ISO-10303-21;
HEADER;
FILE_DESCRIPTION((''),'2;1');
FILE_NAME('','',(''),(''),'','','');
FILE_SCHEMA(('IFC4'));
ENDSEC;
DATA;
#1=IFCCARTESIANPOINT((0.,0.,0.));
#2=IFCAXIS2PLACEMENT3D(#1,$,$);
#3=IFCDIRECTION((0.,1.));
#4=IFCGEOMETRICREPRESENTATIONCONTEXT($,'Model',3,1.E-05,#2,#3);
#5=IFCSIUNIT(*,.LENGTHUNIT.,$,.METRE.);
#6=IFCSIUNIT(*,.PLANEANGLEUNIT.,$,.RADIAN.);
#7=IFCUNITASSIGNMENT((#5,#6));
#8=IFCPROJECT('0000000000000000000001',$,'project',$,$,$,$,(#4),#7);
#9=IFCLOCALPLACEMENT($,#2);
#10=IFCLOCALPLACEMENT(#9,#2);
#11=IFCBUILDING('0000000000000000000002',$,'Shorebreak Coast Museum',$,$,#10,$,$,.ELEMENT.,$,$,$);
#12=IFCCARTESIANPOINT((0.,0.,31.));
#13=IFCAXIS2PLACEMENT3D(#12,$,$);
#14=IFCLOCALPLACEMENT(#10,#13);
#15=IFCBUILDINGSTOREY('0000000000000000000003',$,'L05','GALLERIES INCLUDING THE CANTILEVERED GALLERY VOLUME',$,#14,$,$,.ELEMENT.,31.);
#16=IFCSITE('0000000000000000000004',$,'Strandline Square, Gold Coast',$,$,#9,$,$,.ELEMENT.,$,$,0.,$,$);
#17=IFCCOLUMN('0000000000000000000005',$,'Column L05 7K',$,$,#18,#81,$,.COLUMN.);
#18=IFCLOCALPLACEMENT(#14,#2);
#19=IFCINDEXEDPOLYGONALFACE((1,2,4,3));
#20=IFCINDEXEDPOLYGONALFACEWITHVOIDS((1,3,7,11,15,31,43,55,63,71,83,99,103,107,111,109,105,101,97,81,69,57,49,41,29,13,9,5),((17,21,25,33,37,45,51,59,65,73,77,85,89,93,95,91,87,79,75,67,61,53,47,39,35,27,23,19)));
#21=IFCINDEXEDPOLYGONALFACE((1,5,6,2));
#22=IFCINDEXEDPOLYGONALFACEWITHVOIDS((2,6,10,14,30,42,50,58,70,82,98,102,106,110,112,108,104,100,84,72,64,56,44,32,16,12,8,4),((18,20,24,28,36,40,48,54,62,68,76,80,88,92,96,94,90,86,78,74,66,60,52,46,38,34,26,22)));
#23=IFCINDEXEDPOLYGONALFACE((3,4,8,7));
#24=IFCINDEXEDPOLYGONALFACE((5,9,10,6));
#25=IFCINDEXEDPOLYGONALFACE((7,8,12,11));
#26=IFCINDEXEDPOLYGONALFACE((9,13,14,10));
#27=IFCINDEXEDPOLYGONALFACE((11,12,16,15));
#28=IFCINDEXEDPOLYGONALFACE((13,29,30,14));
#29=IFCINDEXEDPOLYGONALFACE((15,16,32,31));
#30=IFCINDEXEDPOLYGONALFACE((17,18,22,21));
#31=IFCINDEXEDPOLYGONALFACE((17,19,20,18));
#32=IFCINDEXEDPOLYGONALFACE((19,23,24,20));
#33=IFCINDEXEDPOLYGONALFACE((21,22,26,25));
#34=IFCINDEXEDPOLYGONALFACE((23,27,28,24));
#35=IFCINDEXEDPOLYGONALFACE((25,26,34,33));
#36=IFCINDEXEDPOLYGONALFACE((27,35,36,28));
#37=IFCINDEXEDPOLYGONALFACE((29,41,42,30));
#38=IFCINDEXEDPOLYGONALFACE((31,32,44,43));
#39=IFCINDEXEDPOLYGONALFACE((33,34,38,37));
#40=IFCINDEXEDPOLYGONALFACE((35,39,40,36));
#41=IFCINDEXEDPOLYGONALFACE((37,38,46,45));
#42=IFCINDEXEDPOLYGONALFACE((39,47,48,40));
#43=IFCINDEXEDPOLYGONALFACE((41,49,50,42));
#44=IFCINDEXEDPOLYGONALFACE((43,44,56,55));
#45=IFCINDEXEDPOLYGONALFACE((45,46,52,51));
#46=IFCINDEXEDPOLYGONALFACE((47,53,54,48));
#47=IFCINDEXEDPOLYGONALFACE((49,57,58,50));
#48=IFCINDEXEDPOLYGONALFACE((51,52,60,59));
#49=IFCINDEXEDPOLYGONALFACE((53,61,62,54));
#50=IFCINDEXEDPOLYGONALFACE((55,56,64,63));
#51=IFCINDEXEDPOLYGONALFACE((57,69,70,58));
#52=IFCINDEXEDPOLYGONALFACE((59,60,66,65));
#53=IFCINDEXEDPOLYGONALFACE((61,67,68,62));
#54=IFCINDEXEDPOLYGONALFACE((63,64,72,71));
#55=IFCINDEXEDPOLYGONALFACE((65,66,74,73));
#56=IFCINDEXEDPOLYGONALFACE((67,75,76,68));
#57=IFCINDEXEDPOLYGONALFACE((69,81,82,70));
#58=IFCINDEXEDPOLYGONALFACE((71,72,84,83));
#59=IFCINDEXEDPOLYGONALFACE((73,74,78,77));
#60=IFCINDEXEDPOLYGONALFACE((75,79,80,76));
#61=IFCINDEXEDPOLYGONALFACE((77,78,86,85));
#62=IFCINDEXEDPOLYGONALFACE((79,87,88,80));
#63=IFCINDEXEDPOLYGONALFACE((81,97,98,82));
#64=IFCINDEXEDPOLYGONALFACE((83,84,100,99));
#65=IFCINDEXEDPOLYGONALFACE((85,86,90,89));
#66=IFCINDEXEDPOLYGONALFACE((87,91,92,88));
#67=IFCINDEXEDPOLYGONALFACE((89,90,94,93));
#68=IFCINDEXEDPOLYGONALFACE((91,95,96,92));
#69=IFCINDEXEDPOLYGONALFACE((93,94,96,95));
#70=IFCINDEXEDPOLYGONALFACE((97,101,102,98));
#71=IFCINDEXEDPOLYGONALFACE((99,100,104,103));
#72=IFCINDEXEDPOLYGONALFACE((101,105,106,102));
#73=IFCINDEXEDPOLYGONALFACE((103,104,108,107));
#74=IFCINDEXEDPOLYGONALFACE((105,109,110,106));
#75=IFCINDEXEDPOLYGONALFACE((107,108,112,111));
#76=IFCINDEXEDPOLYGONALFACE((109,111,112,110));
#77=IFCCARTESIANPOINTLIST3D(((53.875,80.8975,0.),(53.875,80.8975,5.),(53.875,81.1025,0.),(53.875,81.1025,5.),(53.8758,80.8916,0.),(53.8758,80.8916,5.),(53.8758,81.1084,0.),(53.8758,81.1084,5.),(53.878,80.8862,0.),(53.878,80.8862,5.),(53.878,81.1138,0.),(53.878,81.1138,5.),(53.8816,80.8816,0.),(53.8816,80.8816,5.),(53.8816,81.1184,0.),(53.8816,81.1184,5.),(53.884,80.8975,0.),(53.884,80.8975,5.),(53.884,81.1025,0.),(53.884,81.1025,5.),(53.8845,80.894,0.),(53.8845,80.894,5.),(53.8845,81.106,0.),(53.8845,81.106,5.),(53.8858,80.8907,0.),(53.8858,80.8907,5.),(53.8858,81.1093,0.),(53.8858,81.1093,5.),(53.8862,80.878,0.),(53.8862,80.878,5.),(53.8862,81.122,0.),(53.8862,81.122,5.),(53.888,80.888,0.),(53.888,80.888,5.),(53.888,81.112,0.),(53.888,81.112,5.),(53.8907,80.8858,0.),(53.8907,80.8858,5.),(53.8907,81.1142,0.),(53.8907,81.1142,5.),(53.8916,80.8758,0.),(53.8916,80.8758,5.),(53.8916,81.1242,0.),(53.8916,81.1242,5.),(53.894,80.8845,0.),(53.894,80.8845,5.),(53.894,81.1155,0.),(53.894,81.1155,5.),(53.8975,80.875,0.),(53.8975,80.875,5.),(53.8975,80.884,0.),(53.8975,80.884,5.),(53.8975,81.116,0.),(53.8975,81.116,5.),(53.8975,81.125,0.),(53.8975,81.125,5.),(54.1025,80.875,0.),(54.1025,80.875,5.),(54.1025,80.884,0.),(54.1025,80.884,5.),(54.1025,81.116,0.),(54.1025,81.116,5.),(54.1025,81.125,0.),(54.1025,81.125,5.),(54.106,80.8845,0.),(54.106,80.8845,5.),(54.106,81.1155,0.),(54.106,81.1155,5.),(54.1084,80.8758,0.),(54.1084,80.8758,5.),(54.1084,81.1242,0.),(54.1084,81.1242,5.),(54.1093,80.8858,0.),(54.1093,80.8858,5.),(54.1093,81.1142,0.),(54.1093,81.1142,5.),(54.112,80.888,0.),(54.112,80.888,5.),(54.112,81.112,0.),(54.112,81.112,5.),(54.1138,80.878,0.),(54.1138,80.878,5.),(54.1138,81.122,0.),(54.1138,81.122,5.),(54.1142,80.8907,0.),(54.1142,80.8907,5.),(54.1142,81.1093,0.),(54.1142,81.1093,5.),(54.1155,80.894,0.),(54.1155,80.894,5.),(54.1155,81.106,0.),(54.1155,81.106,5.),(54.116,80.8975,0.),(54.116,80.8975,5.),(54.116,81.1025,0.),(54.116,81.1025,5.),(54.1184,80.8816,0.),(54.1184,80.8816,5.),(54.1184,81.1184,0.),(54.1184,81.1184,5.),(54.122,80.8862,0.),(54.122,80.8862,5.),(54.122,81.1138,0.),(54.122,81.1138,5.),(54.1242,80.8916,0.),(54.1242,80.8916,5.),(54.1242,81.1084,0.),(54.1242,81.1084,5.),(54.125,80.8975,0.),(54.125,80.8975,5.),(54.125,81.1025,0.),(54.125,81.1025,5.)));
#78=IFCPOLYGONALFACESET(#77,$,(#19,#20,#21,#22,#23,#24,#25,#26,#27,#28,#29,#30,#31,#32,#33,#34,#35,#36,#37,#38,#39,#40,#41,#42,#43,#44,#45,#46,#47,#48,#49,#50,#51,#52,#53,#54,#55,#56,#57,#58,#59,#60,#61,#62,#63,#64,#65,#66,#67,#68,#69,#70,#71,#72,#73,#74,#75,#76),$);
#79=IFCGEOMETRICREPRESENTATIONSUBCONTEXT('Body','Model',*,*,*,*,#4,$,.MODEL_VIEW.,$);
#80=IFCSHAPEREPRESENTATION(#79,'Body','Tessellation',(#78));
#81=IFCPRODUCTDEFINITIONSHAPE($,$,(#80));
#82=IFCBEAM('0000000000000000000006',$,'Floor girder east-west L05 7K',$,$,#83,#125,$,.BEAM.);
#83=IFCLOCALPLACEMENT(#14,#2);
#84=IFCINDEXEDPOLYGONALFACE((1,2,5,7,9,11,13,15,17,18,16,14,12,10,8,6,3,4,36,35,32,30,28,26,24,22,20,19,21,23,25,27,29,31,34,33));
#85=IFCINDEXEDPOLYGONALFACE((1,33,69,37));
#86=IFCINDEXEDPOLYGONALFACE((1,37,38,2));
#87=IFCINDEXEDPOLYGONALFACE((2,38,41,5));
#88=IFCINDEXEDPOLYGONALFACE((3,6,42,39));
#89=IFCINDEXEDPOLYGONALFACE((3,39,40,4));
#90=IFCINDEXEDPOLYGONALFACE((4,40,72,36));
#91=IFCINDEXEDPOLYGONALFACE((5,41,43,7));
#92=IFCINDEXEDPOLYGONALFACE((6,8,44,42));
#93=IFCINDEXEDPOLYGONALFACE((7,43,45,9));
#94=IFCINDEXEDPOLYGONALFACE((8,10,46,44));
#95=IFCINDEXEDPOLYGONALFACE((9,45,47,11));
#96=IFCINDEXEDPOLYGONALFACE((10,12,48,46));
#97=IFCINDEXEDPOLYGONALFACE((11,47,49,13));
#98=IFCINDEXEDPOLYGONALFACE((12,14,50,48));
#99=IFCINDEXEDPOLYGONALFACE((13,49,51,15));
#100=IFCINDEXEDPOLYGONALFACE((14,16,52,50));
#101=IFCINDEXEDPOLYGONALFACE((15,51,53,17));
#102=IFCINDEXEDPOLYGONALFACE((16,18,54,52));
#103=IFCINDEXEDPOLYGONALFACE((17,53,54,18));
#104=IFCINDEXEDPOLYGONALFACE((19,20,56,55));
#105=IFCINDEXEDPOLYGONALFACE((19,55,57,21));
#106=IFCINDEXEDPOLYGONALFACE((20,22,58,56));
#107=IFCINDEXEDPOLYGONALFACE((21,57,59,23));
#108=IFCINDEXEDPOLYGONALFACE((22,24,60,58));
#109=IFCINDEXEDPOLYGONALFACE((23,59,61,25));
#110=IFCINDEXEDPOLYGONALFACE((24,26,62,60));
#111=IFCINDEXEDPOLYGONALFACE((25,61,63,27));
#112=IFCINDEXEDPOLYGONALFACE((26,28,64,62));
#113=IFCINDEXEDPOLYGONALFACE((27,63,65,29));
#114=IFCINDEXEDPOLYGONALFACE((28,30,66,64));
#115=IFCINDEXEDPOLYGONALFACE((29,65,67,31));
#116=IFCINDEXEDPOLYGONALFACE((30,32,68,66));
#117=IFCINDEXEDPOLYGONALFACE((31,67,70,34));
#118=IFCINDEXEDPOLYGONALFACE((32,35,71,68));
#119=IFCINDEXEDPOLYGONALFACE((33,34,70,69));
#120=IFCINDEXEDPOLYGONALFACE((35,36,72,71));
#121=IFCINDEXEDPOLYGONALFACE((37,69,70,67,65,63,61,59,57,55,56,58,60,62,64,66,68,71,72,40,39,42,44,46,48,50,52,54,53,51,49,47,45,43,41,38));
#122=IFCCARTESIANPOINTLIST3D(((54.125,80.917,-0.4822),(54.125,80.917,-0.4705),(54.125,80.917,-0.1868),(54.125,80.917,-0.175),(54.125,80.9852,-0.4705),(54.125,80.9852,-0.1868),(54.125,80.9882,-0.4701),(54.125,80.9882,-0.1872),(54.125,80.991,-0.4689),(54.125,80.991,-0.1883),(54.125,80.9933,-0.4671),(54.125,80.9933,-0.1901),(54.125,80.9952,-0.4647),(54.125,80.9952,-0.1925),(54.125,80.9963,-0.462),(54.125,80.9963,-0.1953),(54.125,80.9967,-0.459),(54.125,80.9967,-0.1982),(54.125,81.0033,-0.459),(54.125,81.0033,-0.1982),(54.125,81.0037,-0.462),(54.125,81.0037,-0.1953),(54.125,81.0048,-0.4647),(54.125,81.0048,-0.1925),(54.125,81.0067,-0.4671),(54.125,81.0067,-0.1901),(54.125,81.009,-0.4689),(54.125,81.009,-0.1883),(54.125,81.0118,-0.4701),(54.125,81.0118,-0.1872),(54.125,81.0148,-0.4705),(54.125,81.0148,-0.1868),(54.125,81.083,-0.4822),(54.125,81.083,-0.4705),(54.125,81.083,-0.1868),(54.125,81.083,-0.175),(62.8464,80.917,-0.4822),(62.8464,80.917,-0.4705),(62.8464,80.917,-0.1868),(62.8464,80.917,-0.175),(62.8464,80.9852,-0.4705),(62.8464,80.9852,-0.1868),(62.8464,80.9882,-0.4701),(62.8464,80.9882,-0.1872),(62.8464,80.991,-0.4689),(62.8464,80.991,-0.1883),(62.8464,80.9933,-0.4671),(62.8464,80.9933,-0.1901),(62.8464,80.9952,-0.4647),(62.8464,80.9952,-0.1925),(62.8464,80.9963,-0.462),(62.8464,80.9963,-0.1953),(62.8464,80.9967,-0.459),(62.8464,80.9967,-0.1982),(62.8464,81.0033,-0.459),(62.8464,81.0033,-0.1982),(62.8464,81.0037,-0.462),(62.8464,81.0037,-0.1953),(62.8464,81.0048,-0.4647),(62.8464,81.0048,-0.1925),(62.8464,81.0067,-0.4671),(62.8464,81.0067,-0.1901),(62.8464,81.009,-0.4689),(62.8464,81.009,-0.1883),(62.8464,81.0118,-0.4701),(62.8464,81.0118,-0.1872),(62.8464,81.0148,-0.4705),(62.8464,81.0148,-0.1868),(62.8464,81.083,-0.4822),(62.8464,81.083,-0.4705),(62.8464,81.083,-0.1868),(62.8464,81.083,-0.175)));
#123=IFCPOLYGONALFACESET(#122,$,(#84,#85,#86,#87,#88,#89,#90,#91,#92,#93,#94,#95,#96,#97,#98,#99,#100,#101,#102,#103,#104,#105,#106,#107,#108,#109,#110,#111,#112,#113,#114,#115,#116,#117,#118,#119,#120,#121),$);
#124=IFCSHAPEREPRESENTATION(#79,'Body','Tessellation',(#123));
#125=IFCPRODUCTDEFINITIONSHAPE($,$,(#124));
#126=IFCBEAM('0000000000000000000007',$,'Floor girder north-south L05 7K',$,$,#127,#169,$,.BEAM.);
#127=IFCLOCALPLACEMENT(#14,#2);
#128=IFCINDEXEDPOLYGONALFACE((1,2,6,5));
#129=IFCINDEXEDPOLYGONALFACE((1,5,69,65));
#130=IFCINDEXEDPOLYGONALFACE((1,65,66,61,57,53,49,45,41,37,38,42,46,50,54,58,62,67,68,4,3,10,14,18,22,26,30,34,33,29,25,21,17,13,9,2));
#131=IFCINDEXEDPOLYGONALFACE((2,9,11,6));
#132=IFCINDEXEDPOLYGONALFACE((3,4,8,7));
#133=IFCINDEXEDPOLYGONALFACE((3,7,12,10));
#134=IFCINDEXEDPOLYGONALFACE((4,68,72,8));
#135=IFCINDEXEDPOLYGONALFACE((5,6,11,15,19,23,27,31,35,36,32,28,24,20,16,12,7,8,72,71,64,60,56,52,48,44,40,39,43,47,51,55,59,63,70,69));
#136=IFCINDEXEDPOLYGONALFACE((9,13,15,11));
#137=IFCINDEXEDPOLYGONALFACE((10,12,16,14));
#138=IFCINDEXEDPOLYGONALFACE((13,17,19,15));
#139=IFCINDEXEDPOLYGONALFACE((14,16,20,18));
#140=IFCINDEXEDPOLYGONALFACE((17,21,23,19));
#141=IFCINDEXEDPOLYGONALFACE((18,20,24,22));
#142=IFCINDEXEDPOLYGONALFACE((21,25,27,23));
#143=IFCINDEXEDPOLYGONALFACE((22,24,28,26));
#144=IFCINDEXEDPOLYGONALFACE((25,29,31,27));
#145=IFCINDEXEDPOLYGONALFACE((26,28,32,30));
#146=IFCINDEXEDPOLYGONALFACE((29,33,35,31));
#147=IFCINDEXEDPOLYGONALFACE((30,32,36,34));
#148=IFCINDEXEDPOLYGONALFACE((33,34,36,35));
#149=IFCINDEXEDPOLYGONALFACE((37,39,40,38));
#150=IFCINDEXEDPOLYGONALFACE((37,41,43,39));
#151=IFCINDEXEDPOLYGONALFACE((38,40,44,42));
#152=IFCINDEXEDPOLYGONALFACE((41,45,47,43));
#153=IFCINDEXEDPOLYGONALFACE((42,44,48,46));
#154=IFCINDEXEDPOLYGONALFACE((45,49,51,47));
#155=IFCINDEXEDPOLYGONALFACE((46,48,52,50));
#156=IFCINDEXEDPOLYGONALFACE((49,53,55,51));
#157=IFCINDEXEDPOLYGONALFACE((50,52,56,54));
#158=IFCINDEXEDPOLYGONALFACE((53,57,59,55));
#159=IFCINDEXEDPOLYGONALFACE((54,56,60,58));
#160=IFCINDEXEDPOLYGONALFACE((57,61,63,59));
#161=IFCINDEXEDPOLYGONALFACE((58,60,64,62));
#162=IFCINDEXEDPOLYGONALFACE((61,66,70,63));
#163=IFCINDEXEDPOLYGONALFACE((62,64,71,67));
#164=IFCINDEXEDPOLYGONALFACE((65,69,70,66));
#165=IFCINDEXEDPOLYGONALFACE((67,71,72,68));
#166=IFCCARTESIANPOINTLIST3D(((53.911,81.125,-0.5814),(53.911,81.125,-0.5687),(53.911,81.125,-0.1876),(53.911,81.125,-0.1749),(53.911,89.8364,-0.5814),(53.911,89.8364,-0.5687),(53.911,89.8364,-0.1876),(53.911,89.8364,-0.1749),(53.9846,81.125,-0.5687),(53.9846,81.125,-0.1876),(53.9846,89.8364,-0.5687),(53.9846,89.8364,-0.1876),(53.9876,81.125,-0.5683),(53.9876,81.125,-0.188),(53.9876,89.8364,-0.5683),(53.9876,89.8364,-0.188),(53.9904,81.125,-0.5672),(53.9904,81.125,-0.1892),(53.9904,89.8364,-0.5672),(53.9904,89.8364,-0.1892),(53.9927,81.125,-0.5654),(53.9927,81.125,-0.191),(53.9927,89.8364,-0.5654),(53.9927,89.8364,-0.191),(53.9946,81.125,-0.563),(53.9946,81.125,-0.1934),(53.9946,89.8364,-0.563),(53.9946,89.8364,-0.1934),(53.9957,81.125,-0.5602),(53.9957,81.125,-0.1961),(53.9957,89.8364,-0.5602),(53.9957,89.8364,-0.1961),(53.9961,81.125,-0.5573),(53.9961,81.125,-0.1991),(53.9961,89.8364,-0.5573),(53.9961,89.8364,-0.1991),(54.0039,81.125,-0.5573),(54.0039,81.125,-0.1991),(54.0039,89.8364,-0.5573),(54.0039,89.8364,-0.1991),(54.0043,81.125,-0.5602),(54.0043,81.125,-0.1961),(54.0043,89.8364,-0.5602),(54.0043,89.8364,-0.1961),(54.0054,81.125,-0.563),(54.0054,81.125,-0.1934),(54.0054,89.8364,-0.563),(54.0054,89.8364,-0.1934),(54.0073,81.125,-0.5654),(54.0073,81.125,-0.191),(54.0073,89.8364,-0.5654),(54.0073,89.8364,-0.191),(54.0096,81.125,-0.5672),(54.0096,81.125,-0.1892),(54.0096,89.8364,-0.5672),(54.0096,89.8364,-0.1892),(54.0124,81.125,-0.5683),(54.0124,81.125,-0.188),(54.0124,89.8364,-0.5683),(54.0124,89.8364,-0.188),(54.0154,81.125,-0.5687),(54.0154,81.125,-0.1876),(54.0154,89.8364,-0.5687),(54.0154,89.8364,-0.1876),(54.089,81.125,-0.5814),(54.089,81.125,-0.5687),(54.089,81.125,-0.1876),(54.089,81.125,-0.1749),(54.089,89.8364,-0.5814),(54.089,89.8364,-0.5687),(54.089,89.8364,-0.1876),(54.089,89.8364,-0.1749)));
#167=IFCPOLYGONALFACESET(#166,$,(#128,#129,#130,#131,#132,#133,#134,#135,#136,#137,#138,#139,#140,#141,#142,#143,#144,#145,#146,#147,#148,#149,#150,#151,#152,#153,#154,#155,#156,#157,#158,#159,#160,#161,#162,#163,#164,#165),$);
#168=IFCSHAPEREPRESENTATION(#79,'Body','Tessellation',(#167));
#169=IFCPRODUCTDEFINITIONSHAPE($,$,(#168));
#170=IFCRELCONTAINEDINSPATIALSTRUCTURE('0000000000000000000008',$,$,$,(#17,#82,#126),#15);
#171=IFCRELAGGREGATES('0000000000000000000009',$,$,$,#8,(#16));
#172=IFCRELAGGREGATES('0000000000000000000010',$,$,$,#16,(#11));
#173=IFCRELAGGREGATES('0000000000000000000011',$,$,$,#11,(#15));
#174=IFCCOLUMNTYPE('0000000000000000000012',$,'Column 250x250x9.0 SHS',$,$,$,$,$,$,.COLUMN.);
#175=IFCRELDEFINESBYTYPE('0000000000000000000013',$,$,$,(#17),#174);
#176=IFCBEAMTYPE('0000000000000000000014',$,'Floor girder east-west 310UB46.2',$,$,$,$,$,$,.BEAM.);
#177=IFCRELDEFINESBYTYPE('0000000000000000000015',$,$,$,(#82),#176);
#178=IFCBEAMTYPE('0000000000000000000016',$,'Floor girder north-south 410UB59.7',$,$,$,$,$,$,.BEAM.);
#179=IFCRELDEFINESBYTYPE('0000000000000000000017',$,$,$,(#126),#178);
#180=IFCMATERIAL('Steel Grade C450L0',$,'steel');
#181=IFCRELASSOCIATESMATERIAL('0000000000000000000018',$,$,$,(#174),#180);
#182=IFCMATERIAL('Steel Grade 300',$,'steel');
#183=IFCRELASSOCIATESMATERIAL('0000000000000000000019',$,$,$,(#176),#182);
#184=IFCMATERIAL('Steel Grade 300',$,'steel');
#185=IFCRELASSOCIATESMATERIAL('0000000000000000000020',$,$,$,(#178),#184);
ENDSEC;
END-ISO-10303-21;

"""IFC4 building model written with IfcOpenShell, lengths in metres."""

from ifc_helpers import new_model, si_unit, direction, frame, origin, origin_2d, place, context, subcontext, project, spatial, hollow_rectangle, i_section, extrude, material, material_profile, profile_set, type_object, element, save


model = new_model("IFC4")

# Units and contexts
model_context = context("Model", 3, precision=1e-05, world=origin(), true_north=direction((0.0, 1.0)))
body_context = subcontext(model_context, "Body", "Model", "MODEL_VIEW")
ifc_project = project(units=[si_unit("LENGTHUNIT", "METRE"), si_unit("PLANEANGLEUNIT", "RADIAN")], contexts=[model_context])

# Site, building, storey
site_placement = place(None, origin())
site = spatial("IfcSite", under=ifc_project, at=site_placement, Name="Strandline Square, Gold Coast", CompositionType="ELEMENT", RefElevation=0.0)
building_placement = place(site_placement, origin())
building = spatial("IfcBuilding", under=site, at=building_placement, Name="Shorebreak Coast Museum", CompositionType="ELEMENT")
storey_placement = place(building_placement, frame((0.0, 0.0, 31.0)))
storey = spatial("IfcBuildingStorey", under=building, at=storey_placement, Name="L05", Description="GALLERIES INCLUDING THE CANTILEVERED GALLERY VOLUME", CompositionType="ELEMENT", Elevation=31.0)

# Column
ifc_material_1 = material(Name="Steel Grade C450L0", Category="steel")
ifc_material_profile_1 = material_profile(ifc_material_1, hollow_rectangle(XDim=0.25, YDim=0.25, WallThickness=0.009, InnerFilletRadius=0.0134, OuterFilletRadius=0.0225, at=origin_2d()), Name="250x250x9.0 SHS")
ifc_profile_set_1 = profile_set([ifc_material_profile_1], Name="Steel Grade C450L0")
column_type = type_object("IfcColumnType", Name="Column 250x250x9.0 SHS", PredefinedType="COLUMN", material=ifc_profile_set_1)
column_placement = place(storey_placement, frame((54.0, 81.0, 0.0), z_axis=(0.0, 0.0, 1.0), x_axis=(1.0, 0.0, 0.0)))
element("IfcColumn", 1, at=column_placement, inside=storey, type_object=column_type, Name="Column L05 7K", PredefinedType="COLUMN", context=body_context, shape_type="SweptSolid", body=[
    extrude(hollow_rectangle(XDim=0.25, YDim=0.25, WallThickness=0.009, InnerFilletRadius=0.0134, OuterFilletRadius=0.0225, at=origin_2d()), origin(), (0.0, 0.0, 1.0), 5.0),
])

# Beams
ifc_material_2 = material(Name="Steel Grade 300", Category="steel")
ifc_material_profile_2 = material_profile(ifc_material_2, i_section(OverallWidth=0.166, OverallDepth=0.3071, WebThickness=0.0066, FlangeThickness=0.0117, FilletRadius=0.0115, at=origin_2d()), Name="310UB46.2")
ifc_profile_set_2 = profile_set([ifc_material_profile_2], Name="Steel Grade 300")
beam_type_1 = type_object("IfcBeamType", Name="Floor girder east-west 310UB46.2", PredefinedType="BEAM", material=ifc_profile_set_2)
beam_1_placement = place(storey_placement, frame((54.125, 81.0, -0.3286), z_axis=(1.0, 0.0, 0.0), x_axis=(0.0, 1.0, 0.0)))
element("IfcBeam", 2, at=beam_1_placement, inside=storey, type_object=beam_type_1, Name="Floor girder east-west L05 7K", PredefinedType="BEAM", context=body_context, shape_type="SweptSolid", body=[
    extrude(i_section(OverallWidth=0.166, OverallDepth=0.3071, WebThickness=0.0066, FlangeThickness=0.0117, FilletRadius=0.0115, at=origin_2d()), origin(), (0.0, 0.0, 1.0), 8.7214),
])
ifc_material_3 = material(Name="Steel Grade 300", Category="steel")
ifc_material_profile_3 = material_profile(ifc_material_3, i_section(OverallWidth=0.178, OverallDepth=0.4065, WebThickness=0.0078, FlangeThickness=0.0127, FilletRadius=0.0115, at=origin_2d()), Name="410UB59.7")
ifc_profile_set_3 = profile_set([ifc_material_profile_3], Name="Steel Grade 300")
beam_type_2 = type_object("IfcBeamType", Name="Floor girder north-south 410UB59.7", PredefinedType="BEAM", material=ifc_profile_set_3)
beam_2_placement = place(storey_placement, frame((54.0, 81.125, -0.3782), z_axis=(0.0, 1.0, 0.0), x_axis=(-1.0, 0.0, 0.0)))
element("IfcBeam", 3, at=beam_2_placement, inside=storey, type_object=beam_type_2, Name="Floor girder north-south L05 7K", PredefinedType="BEAM", context=body_context, shape_type="SweptSolid", body=[
    extrude(i_section(OverallWidth=0.178, OverallDepth=0.4065, WebThickness=0.0078, FlangeThickness=0.0127, FilletRadius=0.0115, at=origin_2d()), origin(), (0.0, 0.0, 1.0), 8.7114),
])

save(model, "model.ifc")
